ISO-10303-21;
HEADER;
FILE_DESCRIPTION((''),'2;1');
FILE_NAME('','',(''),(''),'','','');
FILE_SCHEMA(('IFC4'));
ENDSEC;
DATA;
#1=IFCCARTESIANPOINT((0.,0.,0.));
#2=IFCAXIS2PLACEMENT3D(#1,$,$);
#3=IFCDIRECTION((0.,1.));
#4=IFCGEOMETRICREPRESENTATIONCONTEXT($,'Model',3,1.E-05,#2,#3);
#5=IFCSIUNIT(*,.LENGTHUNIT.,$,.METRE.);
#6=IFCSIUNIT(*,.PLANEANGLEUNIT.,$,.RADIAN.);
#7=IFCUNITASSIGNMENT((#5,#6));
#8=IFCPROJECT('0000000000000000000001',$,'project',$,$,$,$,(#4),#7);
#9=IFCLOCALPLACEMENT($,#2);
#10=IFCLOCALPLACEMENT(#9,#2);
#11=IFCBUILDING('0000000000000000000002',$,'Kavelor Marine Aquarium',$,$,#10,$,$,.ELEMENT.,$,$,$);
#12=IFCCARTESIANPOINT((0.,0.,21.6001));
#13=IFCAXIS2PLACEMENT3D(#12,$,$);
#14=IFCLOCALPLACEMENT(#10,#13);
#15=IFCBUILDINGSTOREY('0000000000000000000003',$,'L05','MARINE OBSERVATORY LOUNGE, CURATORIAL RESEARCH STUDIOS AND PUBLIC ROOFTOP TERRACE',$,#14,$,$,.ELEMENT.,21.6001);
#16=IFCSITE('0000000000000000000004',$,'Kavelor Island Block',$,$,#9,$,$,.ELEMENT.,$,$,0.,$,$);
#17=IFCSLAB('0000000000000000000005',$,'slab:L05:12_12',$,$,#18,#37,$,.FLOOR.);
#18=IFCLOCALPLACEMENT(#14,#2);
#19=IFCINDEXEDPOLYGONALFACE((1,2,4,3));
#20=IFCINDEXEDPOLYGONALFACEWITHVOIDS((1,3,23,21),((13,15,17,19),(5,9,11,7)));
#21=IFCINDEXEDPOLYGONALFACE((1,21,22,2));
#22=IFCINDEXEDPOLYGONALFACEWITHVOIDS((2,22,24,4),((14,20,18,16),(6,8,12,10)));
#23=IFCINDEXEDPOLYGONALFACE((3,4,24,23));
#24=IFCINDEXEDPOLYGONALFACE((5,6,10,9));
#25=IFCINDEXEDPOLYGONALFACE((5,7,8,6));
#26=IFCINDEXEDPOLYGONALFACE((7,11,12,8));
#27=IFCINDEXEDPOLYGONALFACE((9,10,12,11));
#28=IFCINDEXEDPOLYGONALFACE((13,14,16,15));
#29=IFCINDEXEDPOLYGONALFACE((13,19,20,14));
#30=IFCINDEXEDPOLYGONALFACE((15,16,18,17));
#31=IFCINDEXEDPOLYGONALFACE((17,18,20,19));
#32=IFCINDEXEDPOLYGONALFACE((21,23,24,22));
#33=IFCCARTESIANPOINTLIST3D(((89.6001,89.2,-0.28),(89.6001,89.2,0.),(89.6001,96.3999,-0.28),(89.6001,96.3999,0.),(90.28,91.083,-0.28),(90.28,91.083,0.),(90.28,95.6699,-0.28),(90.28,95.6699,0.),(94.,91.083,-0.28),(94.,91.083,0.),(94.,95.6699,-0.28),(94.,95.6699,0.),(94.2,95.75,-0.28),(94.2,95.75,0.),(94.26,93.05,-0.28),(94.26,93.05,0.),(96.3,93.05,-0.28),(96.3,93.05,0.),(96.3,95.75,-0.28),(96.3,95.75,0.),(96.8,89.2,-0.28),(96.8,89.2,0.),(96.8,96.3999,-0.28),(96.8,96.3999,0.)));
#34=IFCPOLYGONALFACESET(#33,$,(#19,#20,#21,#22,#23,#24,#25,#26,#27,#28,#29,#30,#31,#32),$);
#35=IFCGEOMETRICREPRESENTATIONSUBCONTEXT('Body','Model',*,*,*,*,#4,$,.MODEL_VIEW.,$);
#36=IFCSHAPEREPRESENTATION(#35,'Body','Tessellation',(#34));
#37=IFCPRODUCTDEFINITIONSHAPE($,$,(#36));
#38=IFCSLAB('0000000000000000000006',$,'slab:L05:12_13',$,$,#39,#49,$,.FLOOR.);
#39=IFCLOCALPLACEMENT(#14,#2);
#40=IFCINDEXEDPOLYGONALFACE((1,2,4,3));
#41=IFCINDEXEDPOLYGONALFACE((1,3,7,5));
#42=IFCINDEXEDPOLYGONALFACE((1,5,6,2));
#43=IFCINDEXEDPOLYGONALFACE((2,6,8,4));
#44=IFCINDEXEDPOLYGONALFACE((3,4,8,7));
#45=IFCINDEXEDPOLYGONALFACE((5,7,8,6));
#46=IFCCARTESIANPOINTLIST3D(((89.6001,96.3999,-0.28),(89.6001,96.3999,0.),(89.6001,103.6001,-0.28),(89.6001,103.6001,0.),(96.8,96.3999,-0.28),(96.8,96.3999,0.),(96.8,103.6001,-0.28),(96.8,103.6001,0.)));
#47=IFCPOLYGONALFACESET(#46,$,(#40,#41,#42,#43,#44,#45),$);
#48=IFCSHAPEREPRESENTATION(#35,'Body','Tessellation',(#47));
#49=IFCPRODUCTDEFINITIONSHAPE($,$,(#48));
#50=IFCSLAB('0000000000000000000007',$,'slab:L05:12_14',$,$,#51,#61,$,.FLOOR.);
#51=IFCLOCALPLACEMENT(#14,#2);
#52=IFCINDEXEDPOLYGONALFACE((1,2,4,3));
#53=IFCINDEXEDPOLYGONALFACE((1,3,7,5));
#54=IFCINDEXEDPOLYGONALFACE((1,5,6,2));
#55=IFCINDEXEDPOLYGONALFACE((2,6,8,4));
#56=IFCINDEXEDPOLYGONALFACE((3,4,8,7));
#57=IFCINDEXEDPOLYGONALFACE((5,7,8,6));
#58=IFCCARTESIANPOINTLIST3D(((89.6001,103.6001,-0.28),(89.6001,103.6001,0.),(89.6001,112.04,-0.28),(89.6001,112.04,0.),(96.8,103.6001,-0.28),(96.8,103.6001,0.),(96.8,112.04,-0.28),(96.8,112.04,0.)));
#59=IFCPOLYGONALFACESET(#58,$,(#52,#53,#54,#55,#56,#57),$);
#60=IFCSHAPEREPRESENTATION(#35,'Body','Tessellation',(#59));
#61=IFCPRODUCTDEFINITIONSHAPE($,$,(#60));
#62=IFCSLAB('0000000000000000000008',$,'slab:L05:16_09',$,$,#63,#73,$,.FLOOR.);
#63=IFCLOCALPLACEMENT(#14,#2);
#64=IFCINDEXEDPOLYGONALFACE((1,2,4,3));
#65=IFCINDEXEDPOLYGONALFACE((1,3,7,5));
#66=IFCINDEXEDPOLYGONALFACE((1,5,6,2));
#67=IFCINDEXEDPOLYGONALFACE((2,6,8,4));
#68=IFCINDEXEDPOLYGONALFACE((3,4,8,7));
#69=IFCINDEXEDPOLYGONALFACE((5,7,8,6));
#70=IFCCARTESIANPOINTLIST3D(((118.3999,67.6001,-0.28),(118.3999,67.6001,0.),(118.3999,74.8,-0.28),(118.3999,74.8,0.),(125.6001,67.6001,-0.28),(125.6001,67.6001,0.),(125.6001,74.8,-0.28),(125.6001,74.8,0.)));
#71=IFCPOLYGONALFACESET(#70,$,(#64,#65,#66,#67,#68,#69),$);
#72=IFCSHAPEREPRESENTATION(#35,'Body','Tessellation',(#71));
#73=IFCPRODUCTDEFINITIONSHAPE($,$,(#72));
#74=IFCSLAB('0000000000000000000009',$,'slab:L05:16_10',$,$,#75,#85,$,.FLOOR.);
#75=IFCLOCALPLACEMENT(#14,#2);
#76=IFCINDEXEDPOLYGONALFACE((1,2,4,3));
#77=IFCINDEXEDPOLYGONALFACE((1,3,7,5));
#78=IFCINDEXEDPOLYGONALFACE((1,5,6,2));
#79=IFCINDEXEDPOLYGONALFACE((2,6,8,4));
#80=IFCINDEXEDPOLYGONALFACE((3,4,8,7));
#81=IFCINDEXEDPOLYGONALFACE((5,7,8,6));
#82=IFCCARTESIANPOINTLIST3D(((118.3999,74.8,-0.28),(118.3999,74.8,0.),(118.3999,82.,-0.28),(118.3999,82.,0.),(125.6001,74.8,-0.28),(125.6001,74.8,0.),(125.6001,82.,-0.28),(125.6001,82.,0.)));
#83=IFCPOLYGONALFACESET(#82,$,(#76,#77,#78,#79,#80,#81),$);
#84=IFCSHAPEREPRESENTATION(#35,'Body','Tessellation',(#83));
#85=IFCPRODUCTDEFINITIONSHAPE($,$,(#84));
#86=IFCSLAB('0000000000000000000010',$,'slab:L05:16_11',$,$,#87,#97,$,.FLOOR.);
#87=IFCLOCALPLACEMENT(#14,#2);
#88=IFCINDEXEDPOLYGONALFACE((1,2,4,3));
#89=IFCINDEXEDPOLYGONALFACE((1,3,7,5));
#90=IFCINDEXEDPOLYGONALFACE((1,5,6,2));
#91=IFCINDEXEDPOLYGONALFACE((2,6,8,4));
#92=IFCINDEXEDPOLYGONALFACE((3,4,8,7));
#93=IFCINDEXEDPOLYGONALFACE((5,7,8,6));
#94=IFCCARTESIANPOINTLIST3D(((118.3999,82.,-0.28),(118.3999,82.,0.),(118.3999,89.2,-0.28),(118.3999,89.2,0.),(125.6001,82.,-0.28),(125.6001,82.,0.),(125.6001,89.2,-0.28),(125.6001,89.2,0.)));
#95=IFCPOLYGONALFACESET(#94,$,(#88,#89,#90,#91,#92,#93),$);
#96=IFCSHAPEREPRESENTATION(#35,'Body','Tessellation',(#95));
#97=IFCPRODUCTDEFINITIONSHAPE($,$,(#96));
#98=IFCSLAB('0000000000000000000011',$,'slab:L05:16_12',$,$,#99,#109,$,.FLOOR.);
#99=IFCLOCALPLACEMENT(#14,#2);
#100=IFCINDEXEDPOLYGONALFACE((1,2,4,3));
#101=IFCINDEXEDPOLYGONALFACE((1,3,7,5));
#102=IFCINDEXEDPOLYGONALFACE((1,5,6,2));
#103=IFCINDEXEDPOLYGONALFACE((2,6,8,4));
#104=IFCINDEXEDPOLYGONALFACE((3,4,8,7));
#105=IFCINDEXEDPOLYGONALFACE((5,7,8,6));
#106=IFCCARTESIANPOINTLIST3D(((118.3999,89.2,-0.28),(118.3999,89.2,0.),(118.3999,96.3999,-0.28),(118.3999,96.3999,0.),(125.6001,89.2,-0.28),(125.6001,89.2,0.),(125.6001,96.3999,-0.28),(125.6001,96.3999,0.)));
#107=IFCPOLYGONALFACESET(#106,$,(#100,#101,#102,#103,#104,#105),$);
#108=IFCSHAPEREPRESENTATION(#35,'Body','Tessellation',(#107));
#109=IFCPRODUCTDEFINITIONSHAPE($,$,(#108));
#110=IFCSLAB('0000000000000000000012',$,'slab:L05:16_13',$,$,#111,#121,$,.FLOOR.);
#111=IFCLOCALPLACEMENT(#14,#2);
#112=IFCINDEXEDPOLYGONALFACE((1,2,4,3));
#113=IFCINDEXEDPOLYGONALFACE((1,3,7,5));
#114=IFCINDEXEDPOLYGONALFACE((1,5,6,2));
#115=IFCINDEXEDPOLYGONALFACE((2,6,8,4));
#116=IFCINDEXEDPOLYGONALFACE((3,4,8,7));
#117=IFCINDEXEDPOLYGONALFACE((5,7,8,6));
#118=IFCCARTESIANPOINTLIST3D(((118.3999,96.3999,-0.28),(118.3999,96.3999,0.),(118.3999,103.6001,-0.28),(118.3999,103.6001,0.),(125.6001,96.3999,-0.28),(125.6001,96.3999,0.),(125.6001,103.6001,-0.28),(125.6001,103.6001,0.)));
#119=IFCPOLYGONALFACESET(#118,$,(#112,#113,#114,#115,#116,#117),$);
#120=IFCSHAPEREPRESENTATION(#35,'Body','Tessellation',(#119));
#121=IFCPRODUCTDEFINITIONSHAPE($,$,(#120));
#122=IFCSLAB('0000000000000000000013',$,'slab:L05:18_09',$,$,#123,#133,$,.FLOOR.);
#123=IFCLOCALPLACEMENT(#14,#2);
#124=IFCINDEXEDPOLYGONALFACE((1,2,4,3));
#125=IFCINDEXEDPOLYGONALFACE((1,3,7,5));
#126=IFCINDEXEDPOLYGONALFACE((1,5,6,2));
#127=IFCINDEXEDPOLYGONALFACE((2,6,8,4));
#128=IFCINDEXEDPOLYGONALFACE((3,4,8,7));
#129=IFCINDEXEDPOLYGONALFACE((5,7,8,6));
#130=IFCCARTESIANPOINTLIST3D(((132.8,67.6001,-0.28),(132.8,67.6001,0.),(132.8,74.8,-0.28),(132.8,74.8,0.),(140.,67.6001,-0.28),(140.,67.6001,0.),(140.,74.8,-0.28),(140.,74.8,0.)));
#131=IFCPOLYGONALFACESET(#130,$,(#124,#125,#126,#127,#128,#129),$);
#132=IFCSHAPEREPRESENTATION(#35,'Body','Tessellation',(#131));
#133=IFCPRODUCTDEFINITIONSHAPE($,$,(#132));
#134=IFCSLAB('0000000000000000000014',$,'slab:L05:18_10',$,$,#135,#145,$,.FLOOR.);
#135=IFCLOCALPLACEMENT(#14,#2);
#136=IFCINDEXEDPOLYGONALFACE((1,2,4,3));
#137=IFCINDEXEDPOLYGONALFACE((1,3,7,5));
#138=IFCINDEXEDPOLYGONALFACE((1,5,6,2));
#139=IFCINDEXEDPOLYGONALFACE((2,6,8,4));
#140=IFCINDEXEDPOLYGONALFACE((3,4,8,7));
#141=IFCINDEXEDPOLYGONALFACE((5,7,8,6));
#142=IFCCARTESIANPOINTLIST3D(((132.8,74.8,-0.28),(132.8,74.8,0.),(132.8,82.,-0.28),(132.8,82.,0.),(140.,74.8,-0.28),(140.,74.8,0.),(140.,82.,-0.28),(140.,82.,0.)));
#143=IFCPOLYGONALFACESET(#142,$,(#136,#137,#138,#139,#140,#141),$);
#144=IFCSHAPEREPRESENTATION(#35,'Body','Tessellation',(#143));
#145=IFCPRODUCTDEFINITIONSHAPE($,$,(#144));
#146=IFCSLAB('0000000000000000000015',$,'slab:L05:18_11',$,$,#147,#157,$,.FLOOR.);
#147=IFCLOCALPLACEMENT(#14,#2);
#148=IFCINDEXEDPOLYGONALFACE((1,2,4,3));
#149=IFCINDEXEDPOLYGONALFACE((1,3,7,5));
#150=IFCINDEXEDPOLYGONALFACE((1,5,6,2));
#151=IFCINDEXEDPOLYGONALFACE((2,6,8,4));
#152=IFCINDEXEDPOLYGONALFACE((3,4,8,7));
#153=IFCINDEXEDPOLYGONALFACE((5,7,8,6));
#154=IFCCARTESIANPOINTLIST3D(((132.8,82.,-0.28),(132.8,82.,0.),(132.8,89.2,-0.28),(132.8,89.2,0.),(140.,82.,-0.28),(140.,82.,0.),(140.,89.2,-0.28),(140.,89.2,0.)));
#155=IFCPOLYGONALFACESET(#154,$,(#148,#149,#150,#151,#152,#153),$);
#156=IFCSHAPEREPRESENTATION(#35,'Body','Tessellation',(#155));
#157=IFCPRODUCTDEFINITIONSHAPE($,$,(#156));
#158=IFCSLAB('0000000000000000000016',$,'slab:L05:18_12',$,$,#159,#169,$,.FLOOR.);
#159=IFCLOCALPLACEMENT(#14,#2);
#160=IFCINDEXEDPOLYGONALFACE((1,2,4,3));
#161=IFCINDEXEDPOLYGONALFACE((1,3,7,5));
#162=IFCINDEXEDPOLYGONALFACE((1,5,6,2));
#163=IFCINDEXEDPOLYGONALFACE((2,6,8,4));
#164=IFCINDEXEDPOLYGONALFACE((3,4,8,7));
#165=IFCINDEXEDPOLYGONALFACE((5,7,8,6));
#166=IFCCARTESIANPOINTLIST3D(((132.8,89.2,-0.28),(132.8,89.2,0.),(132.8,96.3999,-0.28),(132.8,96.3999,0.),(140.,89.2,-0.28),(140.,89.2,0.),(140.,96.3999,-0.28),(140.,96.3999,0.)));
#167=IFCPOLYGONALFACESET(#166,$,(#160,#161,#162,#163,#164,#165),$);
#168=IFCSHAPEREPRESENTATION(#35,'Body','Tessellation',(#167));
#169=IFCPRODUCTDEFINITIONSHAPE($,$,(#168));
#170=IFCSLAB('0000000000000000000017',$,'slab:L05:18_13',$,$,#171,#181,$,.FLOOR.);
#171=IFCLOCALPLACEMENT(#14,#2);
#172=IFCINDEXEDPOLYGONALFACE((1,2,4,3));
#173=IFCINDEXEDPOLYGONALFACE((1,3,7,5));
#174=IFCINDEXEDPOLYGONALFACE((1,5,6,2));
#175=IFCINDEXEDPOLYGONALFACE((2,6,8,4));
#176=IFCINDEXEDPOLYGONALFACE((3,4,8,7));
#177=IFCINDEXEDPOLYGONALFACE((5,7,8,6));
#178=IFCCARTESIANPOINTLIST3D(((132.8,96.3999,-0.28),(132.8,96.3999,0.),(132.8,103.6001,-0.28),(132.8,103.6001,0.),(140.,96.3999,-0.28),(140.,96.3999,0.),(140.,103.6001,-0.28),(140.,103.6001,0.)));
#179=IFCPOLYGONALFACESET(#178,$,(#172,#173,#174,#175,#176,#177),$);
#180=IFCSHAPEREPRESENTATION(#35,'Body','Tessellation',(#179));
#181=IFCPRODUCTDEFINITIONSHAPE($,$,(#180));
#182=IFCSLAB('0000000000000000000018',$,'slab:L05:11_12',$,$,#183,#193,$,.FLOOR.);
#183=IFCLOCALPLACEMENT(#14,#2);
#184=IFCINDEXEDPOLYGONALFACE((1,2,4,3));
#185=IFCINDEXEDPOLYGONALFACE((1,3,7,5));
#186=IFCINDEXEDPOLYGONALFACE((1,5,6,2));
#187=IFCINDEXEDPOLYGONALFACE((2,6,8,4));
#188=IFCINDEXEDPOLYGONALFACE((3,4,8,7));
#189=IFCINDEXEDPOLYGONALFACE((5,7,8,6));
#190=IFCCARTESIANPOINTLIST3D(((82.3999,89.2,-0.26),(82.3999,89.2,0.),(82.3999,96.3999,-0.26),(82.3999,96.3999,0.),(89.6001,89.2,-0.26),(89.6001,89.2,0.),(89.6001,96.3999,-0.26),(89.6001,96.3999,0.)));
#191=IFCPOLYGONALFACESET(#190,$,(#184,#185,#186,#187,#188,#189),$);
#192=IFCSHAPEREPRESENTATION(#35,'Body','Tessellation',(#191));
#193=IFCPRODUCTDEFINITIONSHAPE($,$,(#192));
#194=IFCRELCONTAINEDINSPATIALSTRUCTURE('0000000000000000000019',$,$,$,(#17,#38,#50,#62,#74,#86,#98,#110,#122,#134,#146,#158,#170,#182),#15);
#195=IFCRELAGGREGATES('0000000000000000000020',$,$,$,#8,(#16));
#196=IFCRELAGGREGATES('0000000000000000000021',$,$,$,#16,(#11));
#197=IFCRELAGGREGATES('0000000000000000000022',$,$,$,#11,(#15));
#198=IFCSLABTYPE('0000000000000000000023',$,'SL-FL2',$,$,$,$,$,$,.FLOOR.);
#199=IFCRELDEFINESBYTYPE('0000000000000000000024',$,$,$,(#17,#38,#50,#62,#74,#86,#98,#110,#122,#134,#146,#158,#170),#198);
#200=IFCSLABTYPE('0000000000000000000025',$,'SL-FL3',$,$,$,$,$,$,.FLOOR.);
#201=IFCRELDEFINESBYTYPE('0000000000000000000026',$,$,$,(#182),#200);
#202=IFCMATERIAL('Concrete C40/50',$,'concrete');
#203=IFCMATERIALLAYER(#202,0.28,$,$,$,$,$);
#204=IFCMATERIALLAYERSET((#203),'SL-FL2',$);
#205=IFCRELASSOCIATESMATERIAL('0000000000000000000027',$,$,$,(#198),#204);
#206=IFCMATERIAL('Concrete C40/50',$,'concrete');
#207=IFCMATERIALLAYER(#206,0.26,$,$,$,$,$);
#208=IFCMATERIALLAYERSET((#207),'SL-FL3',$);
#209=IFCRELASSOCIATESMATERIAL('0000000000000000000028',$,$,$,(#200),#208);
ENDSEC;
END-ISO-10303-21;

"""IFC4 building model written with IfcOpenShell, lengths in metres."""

from ifc_helpers import new_model, si_unit, direction, frame, origin, place, context, subcontext, project, spatial, polyline, outline, extrude, material, layer, layer_set, type_object, element, save


model = new_model("IFC4")

# Units and contexts
model_context = context("Model", 3, precision=1e-05, world=origin(), true_north=direction((0.0, 1.0)))
body_context = subcontext(model_context, "Body", "Model", "MODEL_VIEW")
ifc_project = project(units=[si_unit("LENGTHUNIT", "METRE"), si_unit("PLANEANGLEUNIT", "RADIAN")], contexts=[model_context])

# Site, building, storey
site_placement = place(None, origin())
site = spatial("IfcSite", under=ifc_project, at=site_placement, Name="Kavelor Island Block", CompositionType="ELEMENT", RefElevation=0.0)
building_placement = place(site_placement, origin())
building = spatial("IfcBuilding", under=site, at=building_placement, Name="Kavelor Marine Aquarium", CompositionType="ELEMENT")
storey_placement = place(building_placement, frame((0.0, 0.0, 21.6001)))
storey = spatial("IfcBuildingStorey", under=building, at=storey_placement, Name="L05", Description="MARINE OBSERVATORY LOUNGE, CURATORIAL RESEARCH STUDIOS AND PUBLIC ROOFTOP TERRACE", CompositionType="ELEMENT", Elevation=21.6001)

# Slabs
ifc_material_1 = material(Name="Concrete C40/50", Category="concrete")
ifc_layer_1 = layer(ifc_material_1, 0.28)
ifc_layer_set_1 = layer_set([ifc_layer_1], Name="SL-FL2")
slab_type_1 = type_object("IfcSlabType", Name="SL-FL2", PredefinedType="FLOOR", material=ifc_layer_set_1)
slab_1_placement = place(storey_placement, frame((0.0, 0.0, -0.28)))
element("IfcSlab", 1, at=slab_1_placement, inside=storey, type_object=slab_type_1, Name="slab:L05:12_12", PredefinedType="FLOOR", context=body_context, shape_type="SweptSolid", body=[
    extrude(outline(polyline([(89.6001, 89.2), (96.8, 89.2), (96.8, 96.3999), (89.6001, 96.3999), (89.6001, 89.2)]), holes=[polyline([(90.28, 91.083), (94.0, 91.083), (94.0, 95.6699), (90.28, 95.6699), (90.28, 91.083)]), polyline([(94.26, 93.05), (96.3, 93.05), (96.3, 95.75), (94.2, 95.75), (94.26, 93.05)])]), origin(), (0.0, 0.0, 1.0), 0.28),
])
slab_2_placement = place(storey_placement, frame((0.0, 0.0, -0.28)))
element("IfcSlab", 2, at=slab_2_placement, inside=storey, type_object=slab_type_1, Name="slab:L05:12_13", PredefinedType="FLOOR", context=body_context, shape_type="SweptSolid", body=[
    extrude(outline(polyline([(89.6001, 96.3999), (96.8, 96.3999), (96.8, 103.6001), (89.6001, 103.6001), (89.6001, 96.3999)])), origin(), (0.0, 0.0, 1.0), 0.28),
])
slab_3_placement = place(storey_placement, frame((0.0, 0.0, -0.28)))
element("IfcSlab", 3, at=slab_3_placement, inside=storey, type_object=slab_type_1, Name="slab:L05:12_14", PredefinedType="FLOOR", context=body_context, shape_type="SweptSolid", body=[
    extrude(outline(polyline([(89.6001, 103.6001), (96.8, 103.6001), (96.8, 112.04), (89.6001, 112.04), (89.6001, 103.6001)])), origin(), (0.0, 0.0, 1.0), 0.28),
])
slab_4_placement = place(storey_placement, frame((0.0, 0.0, -0.28)))
element("IfcSlab", 4, at=slab_4_placement, inside=storey, type_object=slab_type_1, Name="slab:L05:16_09", PredefinedType="FLOOR", context=body_context, shape_type="SweptSolid", body=[
    extrude(outline(polyline([(118.3999, 67.6001), (125.6001, 67.6001), (125.6001, 74.8), (118.3999, 74.8), (118.3999, 67.6001)])), origin(), (0.0, 0.0, 1.0), 0.28),
])
slab_5_placement = place(storey_placement, frame((0.0, 0.0, -0.28)))
element("IfcSlab", 5, at=slab_5_placement, inside=storey, type_object=slab_type_1, Name="slab:L05:16_10", PredefinedType="FLOOR", context=body_context, shape_type="SweptSolid", body=[
    extrude(outline(polyline([(118.3999, 74.8), (125.6001, 74.8), (125.6001, 82.0), (118.3999, 82.0), (118.3999, 74.8)])), origin(), (0.0, 0.0, 1.0), 0.28),
])
slab_6_placement = place(storey_placement, frame((0.0, 0.0, -0.28)))
element("IfcSlab", 6, at=slab_6_placement, inside=storey, type_object=slab_type_1, Name="slab:L05:16_11", PredefinedType="FLOOR", context=body_context, shape_type="SweptSolid", body=[
    extrude(outline(polyline([(118.3999, 82.0), (125.6001, 82.0), (125.6001, 89.2), (118.3999, 89.2), (118.3999, 82.0)])), origin(), (0.0, 0.0, 1.0), 0.28),
])
slab_7_placement = place(storey_placement, frame((0.0, 0.0, -0.28)))
element("IfcSlab", 7, at=slab_7_placement, inside=storey, type_object=slab_type_1, Name="slab:L05:16_12", PredefinedType="FLOOR", context=body_context, shape_type="SweptSolid", body=[
    extrude(outline(polyline([(118.3999, 89.2), (125.6001, 89.2), (125.6001, 96.3999), (118.3999, 96.3999), (118.3999, 89.2)])), origin(), (0.0, 0.0, 1.0), 0.28),
])
slab_8_placement = place(storey_placement, frame((0.0, 0.0, -0.28)))
element("IfcSlab", 8, at=slab_8_placement, inside=storey, type_object=slab_type_1, Name="slab:L05:16_13", PredefinedType="FLOOR", context=body_context, shape_type="SweptSolid", body=[
    extrude(outline(polyline([(118.3999, 96.3999), (125.6001, 96.3999), (125.6001, 103.6001), (118.3999, 103.6001), (118.3999, 96.3999)])), origin(), (0.0, 0.0, 1.0), 0.28),
])
slab_9_placement = place(storey_placement, frame((0.0, 0.0, -0.28)))
element("IfcSlab", 9, at=slab_9_placement, inside=storey, type_object=slab_type_1, Name="slab:L05:18_09", PredefinedType="FLOOR", context=body_context, shape_type="SweptSolid", body=[
    extrude(outline(polyline([(132.8, 67.6001), (140.0, 67.6001), (140.0, 74.8), (132.8, 74.8), (132.8, 67.6001)])), origin(), (0.0, 0.0, 1.0), 0.28),
])
slab_10_placement = place(storey_placement, frame((0.0, 0.0, -0.28)))
element("IfcSlab", 10, at=slab_10_placement, inside=storey, type_object=slab_type_1, Name="slab:L05:18_10", PredefinedType="FLOOR", context=body_context, shape_type="SweptSolid", body=[
    extrude(outline(polyline([(132.8, 74.8), (140.0, 74.8), (140.0, 82.0), (132.8, 82.0), (132.8, 74.8)])), origin(), (0.0, 0.0, 1.0), 0.28),
])
slab_11_placement = place(storey_placement, frame((0.0, 0.0, -0.28)))
element("IfcSlab", 11, at=slab_11_placement, inside=storey, type_object=slab_type_1, Name="slab:L05:18_11", PredefinedType="FLOOR", context=body_context, shape_type="SweptSolid", body=[
    extrude(outline(polyline([(132.8, 82.0), (140.0, 82.0), (140.0, 89.2), (132.8, 89.2), (132.8, 82.0)])), origin(), (0.0, 0.0, 1.0), 0.28),
])
slab_12_placement = place(storey_placement, frame((0.0, 0.0, -0.28)))
element("IfcSlab", 12, at=slab_12_placement, inside=storey, type_object=slab_type_1, Name="slab:L05:18_12", PredefinedType="FLOOR", context=body_context, shape_type="SweptSolid", body=[
    extrude(outline(polyline([(132.8, 89.2), (140.0, 89.2), (140.0, 96.3999), (132.8, 96.3999), (132.8, 89.2)])), origin(), (0.0, 0.0, 1.0), 0.28),
])
slab_13_placement = place(storey_placement, frame((0.0, 0.0, -0.28)))
element("IfcSlab", 13, at=slab_13_placement, inside=storey, type_object=slab_type_1, Name="slab:L05:18_13", PredefinedType="FLOOR", context=body_context, shape_type="SweptSolid", body=[
    extrude(outline(polyline([(132.8, 96.3999), (140.0, 96.3999), (140.0, 103.6001), (132.8, 103.6001), (132.8, 96.3999)])), origin(), (0.0, 0.0, 1.0), 0.28),
])
ifc_material_2 = material(Name="Concrete C40/50", Category="concrete")
ifc_layer_2 = layer(ifc_material_2, 0.26)
ifc_layer_set_2 = layer_set([ifc_layer_2], Name="SL-FL3")
slab_type_2 = type_object("IfcSlabType", Name="SL-FL3", PredefinedType="FLOOR", material=ifc_layer_set_2)
slab_14_placement = place(storey_placement, frame((0.0, 0.0, -0.26)))
element("IfcSlab", 14, at=slab_14_placement, inside=storey, type_object=slab_type_2, Name="slab:L05:11_12", PredefinedType="FLOOR", context=body_context, shape_type="SweptSolid", body=[
    extrude(outline(polyline([(82.3999, 89.2), (89.6001, 89.2), (89.6001, 96.3999), (82.3999, 96.3999), (82.3999, 89.2)])), origin(), (0.0, 0.0, 1.0), 0.26),
])

save(model, "model.ifc")
